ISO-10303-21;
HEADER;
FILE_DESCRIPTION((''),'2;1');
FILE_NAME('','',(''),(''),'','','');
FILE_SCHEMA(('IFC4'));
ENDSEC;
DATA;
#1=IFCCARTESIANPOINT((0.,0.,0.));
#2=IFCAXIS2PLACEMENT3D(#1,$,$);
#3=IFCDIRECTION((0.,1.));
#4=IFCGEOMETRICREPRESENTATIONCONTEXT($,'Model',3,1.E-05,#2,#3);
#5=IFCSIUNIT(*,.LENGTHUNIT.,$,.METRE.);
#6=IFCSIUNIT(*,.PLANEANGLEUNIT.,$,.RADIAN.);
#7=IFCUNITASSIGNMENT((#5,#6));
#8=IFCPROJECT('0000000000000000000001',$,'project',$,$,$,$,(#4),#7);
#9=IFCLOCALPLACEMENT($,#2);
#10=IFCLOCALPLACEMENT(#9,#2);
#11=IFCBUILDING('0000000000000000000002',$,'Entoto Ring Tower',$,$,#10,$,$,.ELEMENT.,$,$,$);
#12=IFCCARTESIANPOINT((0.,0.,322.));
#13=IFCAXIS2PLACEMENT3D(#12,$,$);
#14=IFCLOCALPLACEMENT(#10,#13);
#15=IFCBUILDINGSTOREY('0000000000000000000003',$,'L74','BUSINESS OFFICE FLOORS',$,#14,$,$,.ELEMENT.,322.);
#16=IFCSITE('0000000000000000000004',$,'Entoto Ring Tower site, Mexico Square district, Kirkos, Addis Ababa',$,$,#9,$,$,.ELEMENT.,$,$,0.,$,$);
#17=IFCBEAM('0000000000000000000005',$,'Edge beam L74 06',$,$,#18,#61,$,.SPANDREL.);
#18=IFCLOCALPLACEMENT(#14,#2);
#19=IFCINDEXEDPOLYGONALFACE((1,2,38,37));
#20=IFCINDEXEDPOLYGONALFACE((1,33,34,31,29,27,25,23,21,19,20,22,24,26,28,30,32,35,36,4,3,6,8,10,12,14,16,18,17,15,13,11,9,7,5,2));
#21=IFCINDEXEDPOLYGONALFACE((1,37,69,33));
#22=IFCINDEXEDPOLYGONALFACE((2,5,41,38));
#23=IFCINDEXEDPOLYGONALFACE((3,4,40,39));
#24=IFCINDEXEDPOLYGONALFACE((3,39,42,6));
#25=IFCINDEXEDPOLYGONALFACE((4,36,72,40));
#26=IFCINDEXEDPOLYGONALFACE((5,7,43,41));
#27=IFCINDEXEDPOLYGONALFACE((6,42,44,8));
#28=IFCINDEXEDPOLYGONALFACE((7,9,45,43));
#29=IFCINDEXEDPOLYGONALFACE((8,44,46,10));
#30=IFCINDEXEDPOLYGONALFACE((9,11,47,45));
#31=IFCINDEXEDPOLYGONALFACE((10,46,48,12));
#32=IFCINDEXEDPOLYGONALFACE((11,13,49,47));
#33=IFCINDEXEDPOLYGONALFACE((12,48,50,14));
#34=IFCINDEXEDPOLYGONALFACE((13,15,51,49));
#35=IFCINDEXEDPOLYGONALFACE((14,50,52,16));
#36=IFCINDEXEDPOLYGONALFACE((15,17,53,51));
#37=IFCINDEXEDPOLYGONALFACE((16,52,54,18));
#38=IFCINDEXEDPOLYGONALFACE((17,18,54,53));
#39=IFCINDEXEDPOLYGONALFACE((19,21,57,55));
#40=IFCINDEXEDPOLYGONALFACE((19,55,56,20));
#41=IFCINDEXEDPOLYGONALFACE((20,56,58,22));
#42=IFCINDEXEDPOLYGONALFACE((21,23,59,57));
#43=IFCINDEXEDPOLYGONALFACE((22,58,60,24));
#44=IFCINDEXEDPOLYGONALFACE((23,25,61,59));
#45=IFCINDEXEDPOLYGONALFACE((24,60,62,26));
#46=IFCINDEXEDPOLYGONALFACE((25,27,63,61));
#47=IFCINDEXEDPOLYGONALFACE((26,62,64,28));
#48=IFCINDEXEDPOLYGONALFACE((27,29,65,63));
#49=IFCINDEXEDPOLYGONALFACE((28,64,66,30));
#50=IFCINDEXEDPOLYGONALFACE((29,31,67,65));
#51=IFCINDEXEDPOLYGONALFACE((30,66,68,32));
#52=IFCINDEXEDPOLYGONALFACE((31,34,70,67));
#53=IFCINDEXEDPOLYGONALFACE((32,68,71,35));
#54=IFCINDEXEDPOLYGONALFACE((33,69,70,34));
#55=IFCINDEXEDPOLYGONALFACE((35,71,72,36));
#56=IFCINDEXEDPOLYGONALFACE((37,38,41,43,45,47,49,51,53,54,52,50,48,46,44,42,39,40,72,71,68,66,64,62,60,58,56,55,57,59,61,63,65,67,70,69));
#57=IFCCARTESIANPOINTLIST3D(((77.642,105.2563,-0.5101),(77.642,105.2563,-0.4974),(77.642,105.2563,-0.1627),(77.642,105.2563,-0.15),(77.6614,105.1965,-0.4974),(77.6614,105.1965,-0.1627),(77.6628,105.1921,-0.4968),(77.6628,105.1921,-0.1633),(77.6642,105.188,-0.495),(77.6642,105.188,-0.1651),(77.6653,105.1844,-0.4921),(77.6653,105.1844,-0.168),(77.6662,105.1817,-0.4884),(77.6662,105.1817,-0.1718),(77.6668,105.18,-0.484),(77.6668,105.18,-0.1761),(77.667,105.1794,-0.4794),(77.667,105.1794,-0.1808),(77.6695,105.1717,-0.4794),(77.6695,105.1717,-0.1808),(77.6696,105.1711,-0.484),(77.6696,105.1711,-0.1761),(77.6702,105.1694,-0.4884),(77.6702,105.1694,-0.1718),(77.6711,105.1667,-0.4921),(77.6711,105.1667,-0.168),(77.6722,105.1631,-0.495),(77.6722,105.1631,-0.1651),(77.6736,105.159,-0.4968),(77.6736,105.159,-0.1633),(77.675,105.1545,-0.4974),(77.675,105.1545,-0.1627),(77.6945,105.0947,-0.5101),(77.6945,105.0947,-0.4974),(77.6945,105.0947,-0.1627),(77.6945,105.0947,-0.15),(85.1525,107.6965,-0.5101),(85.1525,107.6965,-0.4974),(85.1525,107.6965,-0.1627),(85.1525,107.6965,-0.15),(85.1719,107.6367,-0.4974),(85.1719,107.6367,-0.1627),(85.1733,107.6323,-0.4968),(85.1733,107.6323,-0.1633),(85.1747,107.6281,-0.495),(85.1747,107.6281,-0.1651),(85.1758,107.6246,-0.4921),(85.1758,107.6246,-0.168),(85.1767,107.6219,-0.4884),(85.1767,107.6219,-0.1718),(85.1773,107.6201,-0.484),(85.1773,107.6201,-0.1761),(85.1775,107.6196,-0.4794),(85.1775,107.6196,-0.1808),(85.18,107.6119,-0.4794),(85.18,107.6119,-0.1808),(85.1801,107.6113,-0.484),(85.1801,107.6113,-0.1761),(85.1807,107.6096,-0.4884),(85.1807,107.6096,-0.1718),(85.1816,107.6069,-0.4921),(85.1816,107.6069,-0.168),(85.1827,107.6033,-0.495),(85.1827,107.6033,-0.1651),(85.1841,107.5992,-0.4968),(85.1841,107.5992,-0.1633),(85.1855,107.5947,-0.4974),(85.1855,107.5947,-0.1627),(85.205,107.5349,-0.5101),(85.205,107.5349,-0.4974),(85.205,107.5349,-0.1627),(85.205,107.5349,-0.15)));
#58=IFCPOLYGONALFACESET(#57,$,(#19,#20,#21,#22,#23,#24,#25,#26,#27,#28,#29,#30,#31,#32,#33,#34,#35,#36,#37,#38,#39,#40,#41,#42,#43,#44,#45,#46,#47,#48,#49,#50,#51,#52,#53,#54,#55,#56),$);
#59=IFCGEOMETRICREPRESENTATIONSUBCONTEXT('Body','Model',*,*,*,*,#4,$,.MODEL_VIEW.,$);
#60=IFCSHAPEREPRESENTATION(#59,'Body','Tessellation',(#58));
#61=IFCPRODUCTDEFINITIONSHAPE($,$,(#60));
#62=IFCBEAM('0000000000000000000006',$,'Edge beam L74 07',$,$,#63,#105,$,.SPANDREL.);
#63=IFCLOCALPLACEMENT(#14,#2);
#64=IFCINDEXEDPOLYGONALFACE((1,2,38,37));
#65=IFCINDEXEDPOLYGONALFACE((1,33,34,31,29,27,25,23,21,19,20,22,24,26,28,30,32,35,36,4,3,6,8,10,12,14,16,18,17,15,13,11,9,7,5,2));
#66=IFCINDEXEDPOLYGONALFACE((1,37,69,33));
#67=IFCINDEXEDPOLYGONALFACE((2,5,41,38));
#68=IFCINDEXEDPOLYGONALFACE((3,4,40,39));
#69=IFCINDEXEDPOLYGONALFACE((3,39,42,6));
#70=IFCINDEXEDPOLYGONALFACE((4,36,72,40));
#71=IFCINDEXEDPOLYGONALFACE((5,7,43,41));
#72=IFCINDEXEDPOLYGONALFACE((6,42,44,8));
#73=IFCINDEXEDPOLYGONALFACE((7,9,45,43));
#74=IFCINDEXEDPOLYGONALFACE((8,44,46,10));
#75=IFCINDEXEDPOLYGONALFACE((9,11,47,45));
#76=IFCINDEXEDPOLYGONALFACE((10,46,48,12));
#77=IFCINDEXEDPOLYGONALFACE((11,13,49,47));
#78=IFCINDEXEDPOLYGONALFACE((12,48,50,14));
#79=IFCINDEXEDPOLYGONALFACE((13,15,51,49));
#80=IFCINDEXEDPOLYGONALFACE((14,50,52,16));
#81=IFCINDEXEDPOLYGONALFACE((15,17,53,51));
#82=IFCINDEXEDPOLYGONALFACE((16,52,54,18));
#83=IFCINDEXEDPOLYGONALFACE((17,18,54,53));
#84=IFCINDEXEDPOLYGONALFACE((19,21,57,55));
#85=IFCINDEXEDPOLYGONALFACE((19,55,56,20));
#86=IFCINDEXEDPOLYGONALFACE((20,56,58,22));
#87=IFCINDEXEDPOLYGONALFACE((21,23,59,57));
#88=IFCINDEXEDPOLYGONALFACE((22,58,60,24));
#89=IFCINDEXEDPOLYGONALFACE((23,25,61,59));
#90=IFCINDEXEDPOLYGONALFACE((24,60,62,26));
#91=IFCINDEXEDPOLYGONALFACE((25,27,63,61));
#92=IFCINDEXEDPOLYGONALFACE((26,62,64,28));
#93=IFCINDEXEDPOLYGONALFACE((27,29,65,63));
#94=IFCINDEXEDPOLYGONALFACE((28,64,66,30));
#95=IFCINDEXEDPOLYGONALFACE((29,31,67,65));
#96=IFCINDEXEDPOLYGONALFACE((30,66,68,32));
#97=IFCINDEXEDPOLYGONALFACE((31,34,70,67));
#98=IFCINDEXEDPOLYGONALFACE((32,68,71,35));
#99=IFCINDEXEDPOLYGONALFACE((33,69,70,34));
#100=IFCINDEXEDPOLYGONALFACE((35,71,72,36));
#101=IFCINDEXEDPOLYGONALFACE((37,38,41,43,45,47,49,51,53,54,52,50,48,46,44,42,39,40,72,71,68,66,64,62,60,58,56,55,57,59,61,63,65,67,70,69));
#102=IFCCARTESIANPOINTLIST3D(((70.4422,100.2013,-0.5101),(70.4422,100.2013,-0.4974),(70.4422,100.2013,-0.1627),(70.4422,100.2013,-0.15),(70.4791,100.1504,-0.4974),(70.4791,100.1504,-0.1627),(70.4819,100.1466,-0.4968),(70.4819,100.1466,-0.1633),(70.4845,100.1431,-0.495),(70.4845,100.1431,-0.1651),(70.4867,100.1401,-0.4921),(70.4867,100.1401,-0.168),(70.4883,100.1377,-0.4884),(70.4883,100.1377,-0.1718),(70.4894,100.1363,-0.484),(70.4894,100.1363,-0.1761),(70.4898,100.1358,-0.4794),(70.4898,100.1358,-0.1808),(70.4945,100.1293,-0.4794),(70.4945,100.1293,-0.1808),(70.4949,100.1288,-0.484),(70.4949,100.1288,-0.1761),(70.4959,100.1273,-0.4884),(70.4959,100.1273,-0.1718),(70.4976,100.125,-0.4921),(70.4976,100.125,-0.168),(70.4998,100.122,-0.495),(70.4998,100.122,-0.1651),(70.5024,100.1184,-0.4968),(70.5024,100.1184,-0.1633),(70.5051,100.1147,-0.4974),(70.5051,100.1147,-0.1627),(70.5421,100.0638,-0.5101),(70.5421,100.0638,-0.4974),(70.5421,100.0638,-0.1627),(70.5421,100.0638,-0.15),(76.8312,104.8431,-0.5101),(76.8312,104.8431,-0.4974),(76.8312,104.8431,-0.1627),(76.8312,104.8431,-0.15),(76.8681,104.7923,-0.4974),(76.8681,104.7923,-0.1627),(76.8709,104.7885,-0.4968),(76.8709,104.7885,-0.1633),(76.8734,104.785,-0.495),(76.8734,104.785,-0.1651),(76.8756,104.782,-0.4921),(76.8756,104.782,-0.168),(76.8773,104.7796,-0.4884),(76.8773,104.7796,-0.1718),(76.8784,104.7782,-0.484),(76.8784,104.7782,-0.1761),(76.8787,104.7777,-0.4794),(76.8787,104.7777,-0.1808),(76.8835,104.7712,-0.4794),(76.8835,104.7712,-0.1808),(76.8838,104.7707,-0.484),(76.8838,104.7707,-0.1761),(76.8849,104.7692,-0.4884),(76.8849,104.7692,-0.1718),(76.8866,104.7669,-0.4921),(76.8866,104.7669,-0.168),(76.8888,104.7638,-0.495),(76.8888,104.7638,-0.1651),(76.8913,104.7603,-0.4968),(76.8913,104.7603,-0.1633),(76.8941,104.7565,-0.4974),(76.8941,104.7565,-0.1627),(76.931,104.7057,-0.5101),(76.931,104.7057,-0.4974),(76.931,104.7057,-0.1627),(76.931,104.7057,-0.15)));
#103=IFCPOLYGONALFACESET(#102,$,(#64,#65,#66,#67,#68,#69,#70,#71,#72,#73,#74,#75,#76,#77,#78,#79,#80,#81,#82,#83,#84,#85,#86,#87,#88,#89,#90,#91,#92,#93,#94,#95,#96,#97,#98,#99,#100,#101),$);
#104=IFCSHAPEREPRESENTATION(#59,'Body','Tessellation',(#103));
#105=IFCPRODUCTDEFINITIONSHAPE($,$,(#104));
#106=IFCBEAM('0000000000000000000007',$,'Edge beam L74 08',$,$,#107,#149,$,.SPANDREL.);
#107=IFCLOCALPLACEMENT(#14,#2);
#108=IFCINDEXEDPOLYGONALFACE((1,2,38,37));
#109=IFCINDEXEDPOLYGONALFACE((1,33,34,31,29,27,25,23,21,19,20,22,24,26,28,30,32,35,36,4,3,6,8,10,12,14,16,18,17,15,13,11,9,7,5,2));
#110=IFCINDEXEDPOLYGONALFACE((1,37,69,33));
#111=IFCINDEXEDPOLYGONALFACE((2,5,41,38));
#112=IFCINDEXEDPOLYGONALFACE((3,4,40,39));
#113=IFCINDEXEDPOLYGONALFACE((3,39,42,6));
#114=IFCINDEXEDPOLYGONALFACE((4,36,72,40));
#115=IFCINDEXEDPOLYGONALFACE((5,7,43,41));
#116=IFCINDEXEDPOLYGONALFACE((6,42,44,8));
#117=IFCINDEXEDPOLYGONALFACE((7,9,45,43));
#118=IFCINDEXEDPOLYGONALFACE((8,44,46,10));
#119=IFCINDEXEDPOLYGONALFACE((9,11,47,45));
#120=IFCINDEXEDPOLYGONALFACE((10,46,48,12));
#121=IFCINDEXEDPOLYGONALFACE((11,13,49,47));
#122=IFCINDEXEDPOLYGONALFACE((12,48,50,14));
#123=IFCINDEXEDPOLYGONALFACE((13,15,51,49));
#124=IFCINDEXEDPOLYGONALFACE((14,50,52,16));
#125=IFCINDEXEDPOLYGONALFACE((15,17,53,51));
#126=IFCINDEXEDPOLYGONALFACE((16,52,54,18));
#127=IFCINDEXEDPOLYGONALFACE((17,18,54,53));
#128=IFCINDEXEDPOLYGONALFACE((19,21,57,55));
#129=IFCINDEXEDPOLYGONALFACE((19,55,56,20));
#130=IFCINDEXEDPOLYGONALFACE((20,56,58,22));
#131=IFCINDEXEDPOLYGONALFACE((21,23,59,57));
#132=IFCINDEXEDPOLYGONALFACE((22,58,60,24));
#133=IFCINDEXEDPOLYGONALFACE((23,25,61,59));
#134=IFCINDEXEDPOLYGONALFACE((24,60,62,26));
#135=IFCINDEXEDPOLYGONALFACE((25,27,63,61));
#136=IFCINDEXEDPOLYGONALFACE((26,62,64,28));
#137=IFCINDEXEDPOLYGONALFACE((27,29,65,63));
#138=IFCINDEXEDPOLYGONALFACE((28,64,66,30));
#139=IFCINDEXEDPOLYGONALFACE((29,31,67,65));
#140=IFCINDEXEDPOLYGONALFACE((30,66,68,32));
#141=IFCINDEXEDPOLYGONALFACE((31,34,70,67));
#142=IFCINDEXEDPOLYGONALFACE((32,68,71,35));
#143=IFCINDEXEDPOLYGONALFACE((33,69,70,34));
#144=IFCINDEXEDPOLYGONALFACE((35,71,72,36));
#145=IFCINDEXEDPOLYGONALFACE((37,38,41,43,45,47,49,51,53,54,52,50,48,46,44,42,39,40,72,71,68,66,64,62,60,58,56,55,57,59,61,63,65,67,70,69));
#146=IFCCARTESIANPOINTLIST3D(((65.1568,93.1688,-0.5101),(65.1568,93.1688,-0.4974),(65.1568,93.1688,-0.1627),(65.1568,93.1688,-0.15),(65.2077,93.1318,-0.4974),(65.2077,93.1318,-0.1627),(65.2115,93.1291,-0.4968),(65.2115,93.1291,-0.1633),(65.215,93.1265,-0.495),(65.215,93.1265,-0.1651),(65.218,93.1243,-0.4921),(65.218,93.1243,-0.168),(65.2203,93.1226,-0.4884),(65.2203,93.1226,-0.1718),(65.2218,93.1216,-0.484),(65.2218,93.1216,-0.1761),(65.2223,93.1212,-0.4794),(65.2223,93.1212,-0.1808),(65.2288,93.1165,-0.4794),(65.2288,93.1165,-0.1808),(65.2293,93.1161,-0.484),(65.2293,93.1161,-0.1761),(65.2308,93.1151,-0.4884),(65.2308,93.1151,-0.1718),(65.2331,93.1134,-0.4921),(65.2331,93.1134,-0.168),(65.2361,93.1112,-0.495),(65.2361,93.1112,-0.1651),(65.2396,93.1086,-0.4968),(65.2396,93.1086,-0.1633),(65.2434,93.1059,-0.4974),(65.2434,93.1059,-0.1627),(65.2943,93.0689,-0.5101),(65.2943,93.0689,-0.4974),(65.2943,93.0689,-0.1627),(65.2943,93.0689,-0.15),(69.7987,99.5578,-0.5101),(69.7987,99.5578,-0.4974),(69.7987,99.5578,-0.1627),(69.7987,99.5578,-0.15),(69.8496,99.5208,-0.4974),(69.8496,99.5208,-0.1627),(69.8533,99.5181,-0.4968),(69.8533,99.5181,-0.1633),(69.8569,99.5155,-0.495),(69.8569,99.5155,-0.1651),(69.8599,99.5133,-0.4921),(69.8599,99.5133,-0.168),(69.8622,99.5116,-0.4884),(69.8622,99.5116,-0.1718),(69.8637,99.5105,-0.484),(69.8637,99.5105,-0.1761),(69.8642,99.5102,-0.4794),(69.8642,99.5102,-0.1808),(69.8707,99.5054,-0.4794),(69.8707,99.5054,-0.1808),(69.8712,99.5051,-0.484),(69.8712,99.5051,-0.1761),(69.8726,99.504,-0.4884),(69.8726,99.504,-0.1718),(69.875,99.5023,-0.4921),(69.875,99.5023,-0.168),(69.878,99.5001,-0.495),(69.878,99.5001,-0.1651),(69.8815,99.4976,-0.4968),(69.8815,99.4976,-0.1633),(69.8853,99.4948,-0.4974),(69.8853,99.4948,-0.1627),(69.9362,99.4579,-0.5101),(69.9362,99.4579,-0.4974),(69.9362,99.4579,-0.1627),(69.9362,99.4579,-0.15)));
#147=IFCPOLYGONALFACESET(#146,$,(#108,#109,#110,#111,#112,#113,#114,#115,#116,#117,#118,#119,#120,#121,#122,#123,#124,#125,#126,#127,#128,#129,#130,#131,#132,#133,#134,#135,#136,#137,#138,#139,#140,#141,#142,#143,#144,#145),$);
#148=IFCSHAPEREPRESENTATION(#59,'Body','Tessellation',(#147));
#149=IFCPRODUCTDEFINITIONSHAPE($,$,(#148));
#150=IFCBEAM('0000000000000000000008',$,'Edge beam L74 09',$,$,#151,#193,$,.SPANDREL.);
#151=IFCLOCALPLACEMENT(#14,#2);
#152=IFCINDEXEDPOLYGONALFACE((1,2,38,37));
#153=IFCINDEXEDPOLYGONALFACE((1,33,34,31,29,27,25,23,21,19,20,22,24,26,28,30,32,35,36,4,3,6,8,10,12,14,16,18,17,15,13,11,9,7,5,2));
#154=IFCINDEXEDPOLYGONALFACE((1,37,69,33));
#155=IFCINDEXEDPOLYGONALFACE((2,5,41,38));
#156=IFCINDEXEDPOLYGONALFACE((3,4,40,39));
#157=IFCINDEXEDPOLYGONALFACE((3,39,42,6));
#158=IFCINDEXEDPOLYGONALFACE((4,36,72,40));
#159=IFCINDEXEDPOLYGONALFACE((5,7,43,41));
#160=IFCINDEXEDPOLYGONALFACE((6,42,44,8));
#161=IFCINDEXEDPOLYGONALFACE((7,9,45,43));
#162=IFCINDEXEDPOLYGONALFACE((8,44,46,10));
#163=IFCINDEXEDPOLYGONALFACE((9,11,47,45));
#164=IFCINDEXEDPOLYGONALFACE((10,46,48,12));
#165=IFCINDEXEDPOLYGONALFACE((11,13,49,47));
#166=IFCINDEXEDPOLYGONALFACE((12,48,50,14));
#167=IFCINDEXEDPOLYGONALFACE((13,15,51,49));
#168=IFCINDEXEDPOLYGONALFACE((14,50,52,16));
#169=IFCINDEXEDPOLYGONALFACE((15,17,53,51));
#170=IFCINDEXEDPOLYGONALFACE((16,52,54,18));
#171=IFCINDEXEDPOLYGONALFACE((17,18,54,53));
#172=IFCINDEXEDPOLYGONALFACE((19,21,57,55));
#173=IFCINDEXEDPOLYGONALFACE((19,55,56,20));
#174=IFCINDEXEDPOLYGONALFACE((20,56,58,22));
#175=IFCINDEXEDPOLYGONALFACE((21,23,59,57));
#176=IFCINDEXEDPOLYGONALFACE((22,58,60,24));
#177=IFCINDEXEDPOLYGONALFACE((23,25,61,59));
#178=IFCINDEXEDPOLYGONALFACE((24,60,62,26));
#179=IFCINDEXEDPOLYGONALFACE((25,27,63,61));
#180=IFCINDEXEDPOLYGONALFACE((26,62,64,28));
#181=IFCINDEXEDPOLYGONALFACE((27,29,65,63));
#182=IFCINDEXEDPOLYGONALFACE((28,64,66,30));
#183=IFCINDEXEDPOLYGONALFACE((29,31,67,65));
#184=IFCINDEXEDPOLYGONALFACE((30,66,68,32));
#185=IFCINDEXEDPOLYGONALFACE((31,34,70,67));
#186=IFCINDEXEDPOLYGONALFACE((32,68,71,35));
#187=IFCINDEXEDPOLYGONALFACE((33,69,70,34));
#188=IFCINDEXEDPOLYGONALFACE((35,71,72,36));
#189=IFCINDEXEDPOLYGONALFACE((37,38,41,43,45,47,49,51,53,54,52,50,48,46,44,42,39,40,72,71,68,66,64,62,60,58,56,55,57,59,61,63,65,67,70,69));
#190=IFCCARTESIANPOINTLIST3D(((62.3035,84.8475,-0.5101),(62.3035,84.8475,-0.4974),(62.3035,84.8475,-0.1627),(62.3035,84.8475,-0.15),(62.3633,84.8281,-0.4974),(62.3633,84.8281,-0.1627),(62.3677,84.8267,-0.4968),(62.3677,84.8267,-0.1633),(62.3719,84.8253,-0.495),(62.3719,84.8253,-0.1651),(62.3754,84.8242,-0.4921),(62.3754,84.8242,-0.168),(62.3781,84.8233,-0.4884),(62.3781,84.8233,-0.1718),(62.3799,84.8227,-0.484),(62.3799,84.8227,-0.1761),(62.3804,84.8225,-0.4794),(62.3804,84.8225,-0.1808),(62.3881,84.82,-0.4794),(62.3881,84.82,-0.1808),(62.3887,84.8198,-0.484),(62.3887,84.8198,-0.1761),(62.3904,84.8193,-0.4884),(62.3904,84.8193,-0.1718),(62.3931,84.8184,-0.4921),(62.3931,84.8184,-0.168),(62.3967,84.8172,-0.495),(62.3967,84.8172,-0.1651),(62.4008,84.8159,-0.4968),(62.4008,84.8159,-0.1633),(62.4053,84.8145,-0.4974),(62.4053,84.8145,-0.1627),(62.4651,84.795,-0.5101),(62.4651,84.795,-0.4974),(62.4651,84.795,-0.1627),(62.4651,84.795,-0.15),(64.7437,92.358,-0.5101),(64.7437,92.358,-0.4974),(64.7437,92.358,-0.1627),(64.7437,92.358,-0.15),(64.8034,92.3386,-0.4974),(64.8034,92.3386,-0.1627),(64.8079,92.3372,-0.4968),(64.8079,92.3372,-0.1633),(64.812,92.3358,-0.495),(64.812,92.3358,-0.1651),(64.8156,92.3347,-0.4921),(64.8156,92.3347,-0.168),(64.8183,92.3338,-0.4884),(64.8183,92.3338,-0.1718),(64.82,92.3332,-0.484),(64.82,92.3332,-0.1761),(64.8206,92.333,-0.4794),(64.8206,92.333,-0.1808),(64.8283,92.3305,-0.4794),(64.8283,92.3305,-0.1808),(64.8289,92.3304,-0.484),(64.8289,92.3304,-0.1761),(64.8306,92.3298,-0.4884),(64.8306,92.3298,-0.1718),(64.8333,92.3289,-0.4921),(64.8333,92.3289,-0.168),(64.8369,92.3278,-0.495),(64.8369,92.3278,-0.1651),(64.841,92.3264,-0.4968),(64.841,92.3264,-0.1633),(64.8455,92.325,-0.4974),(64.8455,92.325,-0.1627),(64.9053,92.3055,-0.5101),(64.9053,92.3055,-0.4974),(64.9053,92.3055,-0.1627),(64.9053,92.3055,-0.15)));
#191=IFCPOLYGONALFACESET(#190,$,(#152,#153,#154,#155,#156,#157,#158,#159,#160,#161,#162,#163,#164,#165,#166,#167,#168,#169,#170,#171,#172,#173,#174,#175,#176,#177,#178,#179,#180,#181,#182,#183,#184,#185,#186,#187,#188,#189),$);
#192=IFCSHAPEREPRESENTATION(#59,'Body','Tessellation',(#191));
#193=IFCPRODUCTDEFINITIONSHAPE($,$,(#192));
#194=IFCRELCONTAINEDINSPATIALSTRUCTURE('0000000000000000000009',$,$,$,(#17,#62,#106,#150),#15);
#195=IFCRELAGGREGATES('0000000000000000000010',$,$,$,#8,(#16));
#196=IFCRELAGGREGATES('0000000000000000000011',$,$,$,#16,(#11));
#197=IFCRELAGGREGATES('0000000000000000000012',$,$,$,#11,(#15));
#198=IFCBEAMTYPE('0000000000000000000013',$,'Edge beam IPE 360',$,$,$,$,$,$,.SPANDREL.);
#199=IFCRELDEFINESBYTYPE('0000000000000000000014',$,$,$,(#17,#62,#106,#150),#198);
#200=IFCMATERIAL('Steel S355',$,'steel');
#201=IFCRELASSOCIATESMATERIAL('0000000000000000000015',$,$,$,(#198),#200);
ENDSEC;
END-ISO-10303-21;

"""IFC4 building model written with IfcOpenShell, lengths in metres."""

from ifc_helpers import new_model, si_unit, direction, frame, origin, origin_2d, place, context, subcontext, project, spatial, i_section, extrude, material, material_profile, profile_set, type_object, element, save


model = new_model("IFC4")

# Units and contexts
model_context = context("Model", 3, precision=1e-05, world=origin(), true_north=direction((0.0, 1.0)))
body_context = subcontext(model_context, "Body", "Model", "MODEL_VIEW")
ifc_project = project(units=[si_unit("LENGTHUNIT", "METRE"), si_unit("PLANEANGLEUNIT", "RADIAN")], contexts=[model_context])

# Site, building, storey
site_placement = place(None, origin())
site = spatial("IfcSite", under=ifc_project, at=site_placement, Name="Entoto Ring Tower site, Mexico Square district, Kirkos, Addis Ababa", CompositionType="ELEMENT", RefElevation=0.0)
building_placement = place(site_placement, origin())
building = spatial("IfcBuilding", under=site, at=building_placement, Name="Entoto Ring Tower", CompositionType="ELEMENT")
storey_placement = place(building_placement, frame((0.0, 0.0, 322.0)))
storey = spatial("IfcBuildingStorey", under=building, at=storey_placement, Name="L74", Description="BUSINESS OFFICE FLOORS", CompositionType="ELEMENT", Elevation=322.0)

# Beams
ifc_material_1 = material(Name="Steel S355", Category="steel")
ifc_material_profile_1 = material_profile(ifc_material_1, i_section(OverallWidth=0.1699, OverallDepth=0.3601, WebThickness=0.0081, FlangeThickness=0.0127, FilletRadius=0.0181, at=origin_2d()), Name="IPE 360")
ifc_profile_set_1 = profile_set([ifc_material_profile_1], Name="Steel S355")
beam_type_1 = type_object("IfcBeamType", Name="Edge beam IPE 360", PredefinedType="SPANDREL", material=ifc_profile_set_1)
beam_1_placement = place(storey_placement, frame((85.1787, 107.6157, -0.3301), z_axis=(-0.951061, -0.309003, 0.0), x_axis=(0.309003, -0.951061, 0.0)))
element("IfcBeam", 1, at=beam_1_placement, inside=storey, type_object=beam_type_1, Name="Edge beam L74 06", PredefinedType="SPANDREL", context=body_context, shape_type="SweptSolid", body=[
    extrude(i_section(OverallWidth=0.1699, OverallDepth=0.3601, WebThickness=0.0081, FlangeThickness=0.0127, FilletRadius=0.0181, at=origin_2d()), origin(), (0.0, 0.0, 1.0), 7.897),
])
for number, where, z_axis, x_axis, name in (
    (2, (76.8811, 104.7744, -0.3301), (-0.809015, -0.587787, 0.0), (0.587787, -0.809015, 0.0), "Edge beam L74 07"),
    (3, (69.8674, 99.5078, -0.3301), (-0.587787, -0.809015, 0.0), (0.809015, -0.587787, 0.0), "Edge beam L74 08"),
):
    element("IfcBeam", number, at=place(storey_placement, frame(where, z_axis=z_axis, x_axis=x_axis)), inside=storey, type_object=beam_type_1, Name=name, PredefinedType="SPANDREL", context=body_context, shape_type="SweptSolid", body=[
        extrude(i_section(OverallWidth=0.1699, OverallDepth=0.3601, WebThickness=0.0081, FlangeThickness=0.0127, FilletRadius=0.0181, at=origin_2d()), origin(), (0.0, 0.0, 1.0), 7.8972),
    ])
for number, where, z_axis, x_axis, name in (
    (4, (64.8245, 92.3318, -0.3301), (-0.309003, -0.951061, 0.0), (0.951061, -0.309003, 0.0), "Edge beam L74 09"),
):
    element("IfcBeam", number, at=place(storey_placement, frame(where, z_axis=z_axis, x_axis=x_axis)), inside=storey, type_object=beam_type_1, Name=name, PredefinedType="SPANDREL", context=body_context, shape_type="SweptSolid", body=[
        extrude(i_section(OverallWidth=0.1699, OverallDepth=0.3601, WebThickness=0.0081, FlangeThickness=0.0127, FilletRadius=0.0181, at=origin_2d()), origin(), (0.0, 0.0, 1.0), 7.897),
    ])

save(model, "model.ifc")
